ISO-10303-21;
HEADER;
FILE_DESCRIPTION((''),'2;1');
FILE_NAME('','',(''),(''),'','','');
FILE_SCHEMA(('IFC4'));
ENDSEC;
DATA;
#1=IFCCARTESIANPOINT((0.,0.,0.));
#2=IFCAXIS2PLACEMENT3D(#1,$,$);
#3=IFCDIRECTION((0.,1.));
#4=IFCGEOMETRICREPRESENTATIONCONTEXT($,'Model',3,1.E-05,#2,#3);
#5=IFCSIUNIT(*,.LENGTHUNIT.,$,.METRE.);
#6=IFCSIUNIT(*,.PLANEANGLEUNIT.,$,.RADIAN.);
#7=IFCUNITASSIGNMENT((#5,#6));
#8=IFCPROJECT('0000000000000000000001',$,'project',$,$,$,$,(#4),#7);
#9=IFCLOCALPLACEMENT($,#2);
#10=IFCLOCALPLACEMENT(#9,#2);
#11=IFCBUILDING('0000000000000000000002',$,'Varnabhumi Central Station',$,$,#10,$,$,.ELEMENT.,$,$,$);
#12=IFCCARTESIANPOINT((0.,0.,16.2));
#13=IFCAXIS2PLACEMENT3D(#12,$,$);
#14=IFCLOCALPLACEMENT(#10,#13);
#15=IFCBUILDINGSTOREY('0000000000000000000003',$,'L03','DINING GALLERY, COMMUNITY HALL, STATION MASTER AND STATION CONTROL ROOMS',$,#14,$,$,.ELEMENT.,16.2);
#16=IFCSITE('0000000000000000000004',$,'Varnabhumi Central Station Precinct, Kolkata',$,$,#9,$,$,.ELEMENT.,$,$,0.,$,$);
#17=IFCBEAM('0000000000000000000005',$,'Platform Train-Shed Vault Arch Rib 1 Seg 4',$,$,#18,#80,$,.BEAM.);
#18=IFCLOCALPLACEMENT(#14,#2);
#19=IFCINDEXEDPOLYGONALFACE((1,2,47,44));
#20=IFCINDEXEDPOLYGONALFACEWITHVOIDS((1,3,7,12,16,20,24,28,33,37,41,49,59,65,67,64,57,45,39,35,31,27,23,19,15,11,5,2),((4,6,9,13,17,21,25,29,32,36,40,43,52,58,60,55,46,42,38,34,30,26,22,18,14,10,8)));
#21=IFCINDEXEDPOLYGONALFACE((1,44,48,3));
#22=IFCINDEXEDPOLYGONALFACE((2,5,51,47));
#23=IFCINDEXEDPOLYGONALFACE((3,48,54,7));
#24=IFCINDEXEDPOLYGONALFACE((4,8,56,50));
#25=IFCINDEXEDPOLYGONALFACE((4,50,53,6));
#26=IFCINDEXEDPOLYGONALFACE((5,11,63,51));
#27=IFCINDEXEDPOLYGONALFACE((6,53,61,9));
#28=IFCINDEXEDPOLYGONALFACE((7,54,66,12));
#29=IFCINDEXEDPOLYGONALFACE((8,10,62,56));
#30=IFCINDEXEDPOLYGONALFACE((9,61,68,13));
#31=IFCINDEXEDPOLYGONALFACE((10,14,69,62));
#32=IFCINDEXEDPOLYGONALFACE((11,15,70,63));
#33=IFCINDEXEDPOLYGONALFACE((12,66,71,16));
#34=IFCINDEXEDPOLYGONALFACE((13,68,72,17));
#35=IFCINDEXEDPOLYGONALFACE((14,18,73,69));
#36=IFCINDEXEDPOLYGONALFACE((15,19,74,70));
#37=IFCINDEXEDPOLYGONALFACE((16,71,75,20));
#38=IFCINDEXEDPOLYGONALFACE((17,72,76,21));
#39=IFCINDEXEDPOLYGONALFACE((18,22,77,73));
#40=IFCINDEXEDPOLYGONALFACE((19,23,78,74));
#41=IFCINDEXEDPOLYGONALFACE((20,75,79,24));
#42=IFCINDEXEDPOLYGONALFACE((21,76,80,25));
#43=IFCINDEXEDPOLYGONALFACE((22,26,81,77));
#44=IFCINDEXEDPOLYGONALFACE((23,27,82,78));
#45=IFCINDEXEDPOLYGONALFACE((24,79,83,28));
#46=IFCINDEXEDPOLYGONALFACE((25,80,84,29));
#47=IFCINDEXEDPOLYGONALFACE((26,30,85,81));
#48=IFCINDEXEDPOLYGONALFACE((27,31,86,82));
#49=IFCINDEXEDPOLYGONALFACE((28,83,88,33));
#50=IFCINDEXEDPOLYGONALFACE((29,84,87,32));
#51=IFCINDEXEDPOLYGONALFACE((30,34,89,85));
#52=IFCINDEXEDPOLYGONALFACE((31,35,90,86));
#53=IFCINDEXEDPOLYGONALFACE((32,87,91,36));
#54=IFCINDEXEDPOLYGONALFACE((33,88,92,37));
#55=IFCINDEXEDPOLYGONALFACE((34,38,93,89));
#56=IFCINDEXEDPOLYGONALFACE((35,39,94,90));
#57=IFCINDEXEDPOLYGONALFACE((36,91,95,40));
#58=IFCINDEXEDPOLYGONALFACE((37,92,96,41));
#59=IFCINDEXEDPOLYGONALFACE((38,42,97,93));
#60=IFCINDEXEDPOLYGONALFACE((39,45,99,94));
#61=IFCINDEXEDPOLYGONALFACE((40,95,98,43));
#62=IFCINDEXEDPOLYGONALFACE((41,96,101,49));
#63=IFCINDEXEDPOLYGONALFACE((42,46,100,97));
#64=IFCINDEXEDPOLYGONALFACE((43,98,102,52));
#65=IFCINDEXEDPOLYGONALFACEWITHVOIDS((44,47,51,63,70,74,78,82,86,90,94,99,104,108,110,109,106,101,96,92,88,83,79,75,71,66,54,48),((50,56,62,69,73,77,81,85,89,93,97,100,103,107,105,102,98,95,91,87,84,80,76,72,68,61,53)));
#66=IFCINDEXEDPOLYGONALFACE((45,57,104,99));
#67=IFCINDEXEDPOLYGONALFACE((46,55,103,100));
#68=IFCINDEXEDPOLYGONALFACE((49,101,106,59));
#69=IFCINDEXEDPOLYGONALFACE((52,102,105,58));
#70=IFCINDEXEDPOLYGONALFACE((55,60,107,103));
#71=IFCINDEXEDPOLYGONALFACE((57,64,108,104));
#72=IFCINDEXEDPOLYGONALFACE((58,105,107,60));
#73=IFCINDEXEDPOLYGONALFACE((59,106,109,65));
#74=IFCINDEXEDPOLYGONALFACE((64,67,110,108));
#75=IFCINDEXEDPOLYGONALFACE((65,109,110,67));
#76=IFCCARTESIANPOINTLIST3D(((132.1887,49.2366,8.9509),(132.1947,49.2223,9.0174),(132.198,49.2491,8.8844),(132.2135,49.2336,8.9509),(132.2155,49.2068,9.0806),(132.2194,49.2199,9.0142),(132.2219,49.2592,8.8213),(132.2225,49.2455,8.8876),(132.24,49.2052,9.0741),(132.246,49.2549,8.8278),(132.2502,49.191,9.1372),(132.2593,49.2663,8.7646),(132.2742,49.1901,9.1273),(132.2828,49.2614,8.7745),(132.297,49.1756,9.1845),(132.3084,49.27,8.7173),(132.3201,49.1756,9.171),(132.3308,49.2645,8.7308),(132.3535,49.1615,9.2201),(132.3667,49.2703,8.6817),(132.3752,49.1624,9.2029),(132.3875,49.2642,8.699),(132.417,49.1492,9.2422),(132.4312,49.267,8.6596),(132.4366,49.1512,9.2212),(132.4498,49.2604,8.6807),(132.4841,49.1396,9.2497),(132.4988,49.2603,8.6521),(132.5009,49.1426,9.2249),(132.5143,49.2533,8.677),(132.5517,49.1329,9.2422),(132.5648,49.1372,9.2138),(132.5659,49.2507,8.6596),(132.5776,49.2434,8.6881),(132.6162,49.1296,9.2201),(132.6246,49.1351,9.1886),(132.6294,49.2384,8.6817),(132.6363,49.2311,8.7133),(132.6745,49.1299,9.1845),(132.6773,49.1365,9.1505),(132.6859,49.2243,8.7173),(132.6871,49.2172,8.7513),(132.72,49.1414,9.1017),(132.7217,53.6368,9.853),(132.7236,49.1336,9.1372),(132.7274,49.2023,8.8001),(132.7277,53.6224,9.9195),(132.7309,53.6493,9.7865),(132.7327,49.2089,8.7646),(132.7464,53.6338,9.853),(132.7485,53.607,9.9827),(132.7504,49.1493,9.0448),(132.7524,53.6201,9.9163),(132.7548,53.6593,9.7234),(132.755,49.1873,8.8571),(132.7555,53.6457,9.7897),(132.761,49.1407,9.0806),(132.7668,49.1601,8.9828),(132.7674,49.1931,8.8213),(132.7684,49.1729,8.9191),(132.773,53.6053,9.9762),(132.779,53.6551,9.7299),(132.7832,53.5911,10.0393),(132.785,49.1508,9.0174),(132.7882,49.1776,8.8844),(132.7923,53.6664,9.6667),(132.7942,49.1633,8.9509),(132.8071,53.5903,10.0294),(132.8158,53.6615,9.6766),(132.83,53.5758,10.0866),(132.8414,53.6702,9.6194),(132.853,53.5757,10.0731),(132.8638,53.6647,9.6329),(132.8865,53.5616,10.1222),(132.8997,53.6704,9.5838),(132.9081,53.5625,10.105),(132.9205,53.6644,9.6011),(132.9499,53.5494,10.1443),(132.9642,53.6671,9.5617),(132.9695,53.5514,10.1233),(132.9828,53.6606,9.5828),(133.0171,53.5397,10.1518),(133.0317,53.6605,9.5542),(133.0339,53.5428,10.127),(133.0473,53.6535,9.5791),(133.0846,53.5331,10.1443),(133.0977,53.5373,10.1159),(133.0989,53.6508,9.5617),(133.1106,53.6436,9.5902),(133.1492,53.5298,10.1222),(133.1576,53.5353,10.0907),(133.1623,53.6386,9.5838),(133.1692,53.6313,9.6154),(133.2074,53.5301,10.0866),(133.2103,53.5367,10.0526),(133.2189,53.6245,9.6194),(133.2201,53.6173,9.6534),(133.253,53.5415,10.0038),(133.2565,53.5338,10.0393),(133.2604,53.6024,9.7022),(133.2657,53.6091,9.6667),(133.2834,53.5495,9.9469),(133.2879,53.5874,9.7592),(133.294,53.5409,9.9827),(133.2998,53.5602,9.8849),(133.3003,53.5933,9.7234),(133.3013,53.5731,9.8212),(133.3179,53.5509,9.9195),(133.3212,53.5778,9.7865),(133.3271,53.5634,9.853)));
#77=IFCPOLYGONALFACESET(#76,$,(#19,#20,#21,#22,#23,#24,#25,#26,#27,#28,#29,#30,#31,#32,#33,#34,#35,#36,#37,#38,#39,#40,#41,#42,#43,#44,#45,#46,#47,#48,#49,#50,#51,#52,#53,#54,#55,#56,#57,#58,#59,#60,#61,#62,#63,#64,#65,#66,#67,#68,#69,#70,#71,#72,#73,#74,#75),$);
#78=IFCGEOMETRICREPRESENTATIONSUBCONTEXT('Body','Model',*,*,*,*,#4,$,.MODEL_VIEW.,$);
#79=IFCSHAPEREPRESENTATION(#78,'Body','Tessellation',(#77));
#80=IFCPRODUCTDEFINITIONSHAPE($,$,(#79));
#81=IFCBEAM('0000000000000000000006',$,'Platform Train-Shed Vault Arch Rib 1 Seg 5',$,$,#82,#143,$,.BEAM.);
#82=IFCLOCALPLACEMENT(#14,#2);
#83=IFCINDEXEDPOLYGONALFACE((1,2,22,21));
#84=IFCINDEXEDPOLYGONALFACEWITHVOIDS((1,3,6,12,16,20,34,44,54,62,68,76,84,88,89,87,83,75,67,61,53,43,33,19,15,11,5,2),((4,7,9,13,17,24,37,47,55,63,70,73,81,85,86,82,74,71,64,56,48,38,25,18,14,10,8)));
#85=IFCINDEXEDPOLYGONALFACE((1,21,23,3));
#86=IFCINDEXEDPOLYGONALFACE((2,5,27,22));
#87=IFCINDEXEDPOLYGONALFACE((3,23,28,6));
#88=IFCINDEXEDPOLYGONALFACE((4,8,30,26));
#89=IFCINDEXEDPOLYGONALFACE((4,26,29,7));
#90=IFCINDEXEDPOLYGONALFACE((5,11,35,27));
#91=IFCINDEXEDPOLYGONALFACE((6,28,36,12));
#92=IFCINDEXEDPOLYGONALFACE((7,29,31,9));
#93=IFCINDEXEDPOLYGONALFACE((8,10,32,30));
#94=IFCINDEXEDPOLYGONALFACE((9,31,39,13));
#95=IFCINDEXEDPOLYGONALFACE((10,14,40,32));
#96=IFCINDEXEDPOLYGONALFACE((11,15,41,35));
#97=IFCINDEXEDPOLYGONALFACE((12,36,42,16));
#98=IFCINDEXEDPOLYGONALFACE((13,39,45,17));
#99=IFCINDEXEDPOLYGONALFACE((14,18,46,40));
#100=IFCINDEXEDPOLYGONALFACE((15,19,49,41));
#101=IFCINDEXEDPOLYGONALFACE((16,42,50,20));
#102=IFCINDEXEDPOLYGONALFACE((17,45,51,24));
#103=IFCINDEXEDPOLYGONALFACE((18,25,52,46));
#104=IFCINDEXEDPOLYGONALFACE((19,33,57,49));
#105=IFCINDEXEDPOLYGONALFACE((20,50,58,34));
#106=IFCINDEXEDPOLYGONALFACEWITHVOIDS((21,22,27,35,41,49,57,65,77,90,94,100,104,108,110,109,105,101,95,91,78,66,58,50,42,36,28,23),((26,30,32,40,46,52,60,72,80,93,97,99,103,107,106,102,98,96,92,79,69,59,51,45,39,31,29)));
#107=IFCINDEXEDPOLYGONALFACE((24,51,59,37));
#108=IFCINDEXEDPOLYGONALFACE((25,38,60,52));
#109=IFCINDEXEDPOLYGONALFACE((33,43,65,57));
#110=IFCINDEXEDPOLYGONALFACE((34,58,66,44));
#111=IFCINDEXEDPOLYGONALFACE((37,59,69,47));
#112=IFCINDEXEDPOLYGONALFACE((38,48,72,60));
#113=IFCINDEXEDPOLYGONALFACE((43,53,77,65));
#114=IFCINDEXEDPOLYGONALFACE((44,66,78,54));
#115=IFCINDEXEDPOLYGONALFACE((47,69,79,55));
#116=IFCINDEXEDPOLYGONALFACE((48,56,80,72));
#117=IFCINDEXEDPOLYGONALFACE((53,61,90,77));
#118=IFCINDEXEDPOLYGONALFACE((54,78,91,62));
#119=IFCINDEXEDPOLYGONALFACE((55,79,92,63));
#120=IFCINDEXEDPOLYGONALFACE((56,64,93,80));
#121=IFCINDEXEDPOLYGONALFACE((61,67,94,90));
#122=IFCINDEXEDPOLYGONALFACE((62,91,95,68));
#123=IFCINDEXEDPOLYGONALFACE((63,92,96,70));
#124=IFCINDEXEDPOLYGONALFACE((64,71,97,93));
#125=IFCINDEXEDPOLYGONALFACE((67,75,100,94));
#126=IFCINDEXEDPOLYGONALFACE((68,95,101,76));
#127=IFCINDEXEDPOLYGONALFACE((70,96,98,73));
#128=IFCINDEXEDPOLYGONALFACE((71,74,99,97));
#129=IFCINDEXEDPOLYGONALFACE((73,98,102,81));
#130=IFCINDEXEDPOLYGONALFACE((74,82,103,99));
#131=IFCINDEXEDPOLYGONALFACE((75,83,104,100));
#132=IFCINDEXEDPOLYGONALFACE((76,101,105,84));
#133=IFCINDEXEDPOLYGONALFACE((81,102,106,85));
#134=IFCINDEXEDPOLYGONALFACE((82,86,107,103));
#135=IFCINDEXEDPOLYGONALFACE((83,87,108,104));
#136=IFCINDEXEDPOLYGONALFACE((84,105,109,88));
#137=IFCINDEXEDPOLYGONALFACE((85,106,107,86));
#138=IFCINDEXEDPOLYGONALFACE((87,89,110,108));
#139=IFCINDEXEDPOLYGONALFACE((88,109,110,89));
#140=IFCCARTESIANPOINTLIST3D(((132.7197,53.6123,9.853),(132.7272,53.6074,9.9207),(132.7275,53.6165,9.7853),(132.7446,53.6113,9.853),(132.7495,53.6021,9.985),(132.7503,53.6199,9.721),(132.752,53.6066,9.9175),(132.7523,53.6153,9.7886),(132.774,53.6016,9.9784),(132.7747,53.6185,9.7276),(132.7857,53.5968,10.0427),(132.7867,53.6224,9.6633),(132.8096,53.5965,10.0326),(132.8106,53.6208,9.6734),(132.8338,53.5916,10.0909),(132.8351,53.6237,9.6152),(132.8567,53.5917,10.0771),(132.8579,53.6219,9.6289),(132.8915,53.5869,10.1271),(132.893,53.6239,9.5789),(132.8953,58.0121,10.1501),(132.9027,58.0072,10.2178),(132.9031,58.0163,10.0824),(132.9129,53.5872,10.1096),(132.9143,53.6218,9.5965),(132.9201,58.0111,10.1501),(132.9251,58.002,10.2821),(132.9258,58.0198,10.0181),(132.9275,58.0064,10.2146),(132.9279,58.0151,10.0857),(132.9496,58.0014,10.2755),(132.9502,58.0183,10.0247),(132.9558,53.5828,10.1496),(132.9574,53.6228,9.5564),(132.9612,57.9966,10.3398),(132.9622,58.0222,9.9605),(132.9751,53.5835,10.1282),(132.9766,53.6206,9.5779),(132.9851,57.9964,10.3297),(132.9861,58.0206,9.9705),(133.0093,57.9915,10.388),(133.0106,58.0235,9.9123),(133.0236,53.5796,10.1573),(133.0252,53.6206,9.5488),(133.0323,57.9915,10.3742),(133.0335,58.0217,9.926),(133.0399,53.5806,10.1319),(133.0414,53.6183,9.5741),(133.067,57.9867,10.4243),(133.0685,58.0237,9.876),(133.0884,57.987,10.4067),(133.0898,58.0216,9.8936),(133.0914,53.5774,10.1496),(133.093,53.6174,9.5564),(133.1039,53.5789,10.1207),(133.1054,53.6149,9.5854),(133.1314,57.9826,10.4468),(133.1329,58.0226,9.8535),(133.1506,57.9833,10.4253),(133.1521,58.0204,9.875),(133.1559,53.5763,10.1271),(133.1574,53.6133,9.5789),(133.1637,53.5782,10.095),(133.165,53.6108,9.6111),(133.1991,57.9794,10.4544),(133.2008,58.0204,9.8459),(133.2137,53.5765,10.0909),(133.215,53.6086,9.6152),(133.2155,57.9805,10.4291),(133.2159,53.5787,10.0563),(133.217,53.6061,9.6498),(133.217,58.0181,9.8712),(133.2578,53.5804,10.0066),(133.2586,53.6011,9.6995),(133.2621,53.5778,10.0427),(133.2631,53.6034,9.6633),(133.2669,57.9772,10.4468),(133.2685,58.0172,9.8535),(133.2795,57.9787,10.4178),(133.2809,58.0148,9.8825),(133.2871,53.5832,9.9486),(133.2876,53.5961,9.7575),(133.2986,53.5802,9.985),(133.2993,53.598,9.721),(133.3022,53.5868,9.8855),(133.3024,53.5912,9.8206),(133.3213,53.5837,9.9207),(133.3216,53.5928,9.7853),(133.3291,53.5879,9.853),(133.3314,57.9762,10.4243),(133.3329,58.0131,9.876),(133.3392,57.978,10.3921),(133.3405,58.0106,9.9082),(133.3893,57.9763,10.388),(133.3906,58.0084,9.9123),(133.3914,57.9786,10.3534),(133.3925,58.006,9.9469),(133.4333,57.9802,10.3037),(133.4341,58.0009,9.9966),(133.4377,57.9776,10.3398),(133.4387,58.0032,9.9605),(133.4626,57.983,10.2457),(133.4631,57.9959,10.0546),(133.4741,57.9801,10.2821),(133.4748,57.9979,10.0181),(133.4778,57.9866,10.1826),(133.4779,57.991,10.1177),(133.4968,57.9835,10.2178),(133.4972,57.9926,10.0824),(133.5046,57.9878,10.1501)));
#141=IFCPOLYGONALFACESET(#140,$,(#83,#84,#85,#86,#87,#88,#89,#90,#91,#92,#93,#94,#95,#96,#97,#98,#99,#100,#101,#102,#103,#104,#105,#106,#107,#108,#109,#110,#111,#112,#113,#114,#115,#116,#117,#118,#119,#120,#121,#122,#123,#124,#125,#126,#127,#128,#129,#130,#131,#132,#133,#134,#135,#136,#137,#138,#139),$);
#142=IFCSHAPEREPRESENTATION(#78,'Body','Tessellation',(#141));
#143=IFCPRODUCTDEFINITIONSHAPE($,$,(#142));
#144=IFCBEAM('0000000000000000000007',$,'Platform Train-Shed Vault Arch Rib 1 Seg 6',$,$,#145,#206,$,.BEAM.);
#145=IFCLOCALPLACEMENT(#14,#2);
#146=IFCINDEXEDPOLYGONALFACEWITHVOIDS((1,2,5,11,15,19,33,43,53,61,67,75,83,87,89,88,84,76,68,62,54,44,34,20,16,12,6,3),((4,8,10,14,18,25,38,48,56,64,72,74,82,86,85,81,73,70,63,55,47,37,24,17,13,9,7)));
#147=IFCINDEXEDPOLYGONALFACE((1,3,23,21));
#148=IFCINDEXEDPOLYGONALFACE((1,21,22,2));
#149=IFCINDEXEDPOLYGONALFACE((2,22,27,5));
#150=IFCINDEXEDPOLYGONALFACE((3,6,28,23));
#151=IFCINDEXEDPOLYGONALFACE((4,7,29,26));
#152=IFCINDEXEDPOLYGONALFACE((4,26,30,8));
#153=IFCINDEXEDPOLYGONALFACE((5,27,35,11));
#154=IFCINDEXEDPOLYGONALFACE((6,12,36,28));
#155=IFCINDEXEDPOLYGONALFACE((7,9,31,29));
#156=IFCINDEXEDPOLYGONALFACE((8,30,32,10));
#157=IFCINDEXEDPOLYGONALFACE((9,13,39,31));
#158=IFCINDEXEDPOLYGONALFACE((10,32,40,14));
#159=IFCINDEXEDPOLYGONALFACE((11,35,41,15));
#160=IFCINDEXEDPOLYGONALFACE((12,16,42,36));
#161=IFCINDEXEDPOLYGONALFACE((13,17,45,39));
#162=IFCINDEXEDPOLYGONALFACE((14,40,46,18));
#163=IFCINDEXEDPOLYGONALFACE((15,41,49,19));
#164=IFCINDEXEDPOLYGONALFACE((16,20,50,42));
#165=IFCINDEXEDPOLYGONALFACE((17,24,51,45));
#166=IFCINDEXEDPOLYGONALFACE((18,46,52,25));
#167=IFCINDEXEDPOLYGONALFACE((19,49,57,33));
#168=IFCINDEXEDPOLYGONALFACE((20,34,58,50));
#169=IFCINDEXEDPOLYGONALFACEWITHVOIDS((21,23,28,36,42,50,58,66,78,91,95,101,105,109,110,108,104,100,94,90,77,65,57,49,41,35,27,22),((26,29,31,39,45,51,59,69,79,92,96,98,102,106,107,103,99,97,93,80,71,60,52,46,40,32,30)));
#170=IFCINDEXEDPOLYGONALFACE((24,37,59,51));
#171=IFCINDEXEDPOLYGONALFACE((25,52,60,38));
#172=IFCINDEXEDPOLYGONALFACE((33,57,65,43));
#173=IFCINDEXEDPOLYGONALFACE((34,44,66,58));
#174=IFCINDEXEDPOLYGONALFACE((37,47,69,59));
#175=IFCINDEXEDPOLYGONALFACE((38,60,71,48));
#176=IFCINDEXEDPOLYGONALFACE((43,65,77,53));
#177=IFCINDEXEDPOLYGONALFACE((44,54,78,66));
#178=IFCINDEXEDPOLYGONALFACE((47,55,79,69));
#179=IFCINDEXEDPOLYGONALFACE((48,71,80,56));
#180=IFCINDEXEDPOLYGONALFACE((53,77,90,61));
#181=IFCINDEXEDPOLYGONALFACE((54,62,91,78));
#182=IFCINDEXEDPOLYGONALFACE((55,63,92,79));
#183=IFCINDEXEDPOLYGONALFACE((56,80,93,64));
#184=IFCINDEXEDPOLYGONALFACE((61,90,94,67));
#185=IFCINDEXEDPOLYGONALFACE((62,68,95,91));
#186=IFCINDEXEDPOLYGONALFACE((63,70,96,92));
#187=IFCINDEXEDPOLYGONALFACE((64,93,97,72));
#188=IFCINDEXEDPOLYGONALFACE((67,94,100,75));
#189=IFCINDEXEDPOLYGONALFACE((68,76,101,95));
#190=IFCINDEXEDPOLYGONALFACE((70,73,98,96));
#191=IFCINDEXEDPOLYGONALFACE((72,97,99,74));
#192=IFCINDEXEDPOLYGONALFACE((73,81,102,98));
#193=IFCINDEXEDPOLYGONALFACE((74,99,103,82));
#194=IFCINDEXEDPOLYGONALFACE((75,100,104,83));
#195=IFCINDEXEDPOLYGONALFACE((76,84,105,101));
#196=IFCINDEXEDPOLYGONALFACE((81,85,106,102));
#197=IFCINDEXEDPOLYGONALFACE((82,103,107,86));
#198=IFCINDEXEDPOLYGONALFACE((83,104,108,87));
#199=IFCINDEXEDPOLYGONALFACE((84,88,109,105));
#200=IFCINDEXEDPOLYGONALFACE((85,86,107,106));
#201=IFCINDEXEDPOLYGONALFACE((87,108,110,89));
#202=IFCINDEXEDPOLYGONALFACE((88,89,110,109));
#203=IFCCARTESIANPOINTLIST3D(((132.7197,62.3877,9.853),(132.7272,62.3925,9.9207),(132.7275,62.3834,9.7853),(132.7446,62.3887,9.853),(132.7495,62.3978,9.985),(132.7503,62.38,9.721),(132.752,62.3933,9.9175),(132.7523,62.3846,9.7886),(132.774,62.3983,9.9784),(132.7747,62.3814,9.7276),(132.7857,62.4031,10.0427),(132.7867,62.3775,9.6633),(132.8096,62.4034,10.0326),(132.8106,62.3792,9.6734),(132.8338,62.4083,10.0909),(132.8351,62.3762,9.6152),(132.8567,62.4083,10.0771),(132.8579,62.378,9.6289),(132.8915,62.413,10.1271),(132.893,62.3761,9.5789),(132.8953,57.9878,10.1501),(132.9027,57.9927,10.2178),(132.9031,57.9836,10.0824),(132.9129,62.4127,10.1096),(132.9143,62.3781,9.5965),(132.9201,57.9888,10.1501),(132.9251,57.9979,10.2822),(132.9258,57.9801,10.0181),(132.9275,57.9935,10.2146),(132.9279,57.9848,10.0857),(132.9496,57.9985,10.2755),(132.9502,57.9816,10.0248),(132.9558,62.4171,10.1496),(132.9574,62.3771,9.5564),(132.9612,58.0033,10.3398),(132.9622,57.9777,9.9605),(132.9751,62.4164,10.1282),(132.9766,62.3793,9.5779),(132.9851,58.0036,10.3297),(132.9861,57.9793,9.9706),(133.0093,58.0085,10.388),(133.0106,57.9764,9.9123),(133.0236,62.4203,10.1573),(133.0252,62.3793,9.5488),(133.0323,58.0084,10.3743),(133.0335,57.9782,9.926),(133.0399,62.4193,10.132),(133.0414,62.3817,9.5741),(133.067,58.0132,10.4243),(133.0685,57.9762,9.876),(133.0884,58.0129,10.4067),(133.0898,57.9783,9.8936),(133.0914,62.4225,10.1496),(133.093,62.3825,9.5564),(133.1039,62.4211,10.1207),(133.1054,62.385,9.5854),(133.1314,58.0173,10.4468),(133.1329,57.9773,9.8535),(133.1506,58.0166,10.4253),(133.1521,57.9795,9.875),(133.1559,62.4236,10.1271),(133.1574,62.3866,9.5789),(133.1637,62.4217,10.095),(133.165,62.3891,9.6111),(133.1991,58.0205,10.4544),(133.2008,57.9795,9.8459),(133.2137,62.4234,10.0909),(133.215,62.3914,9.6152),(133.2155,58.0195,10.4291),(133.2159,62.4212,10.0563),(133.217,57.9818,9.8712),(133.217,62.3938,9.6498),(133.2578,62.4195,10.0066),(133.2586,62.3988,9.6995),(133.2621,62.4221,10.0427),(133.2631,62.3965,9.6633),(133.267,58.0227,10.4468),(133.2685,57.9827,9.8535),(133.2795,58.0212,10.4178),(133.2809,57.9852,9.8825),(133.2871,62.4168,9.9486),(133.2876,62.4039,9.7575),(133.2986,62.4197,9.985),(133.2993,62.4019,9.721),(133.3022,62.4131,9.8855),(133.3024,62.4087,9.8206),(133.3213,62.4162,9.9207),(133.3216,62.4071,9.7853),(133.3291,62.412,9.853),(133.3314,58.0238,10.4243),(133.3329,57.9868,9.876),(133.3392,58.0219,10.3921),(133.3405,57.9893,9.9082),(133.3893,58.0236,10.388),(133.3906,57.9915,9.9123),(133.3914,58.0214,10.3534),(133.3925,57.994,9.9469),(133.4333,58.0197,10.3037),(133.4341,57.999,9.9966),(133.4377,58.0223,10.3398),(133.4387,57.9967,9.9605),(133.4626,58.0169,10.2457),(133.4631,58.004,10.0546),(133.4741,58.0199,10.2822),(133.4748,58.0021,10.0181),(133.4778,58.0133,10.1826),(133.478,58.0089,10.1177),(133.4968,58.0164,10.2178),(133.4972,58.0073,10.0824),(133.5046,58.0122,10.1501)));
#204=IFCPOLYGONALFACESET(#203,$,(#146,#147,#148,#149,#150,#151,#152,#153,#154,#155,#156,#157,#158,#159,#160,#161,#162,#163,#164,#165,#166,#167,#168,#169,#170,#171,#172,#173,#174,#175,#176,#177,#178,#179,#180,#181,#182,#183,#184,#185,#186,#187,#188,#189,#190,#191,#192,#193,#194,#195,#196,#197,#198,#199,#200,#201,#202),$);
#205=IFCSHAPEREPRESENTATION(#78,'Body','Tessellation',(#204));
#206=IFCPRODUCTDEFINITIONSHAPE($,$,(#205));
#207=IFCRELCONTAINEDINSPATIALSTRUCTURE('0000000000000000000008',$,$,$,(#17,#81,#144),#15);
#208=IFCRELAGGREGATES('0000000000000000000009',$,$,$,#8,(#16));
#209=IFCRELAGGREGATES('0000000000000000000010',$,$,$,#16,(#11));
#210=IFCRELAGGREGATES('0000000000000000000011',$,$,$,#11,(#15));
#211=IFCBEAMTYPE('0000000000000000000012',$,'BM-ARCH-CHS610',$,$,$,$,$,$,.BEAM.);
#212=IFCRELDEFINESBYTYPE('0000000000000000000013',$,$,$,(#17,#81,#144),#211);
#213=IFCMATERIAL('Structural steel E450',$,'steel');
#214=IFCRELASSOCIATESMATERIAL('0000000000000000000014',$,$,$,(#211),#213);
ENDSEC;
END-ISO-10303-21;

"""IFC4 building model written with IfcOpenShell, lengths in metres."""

from ifc_helpers import new_model, si_unit, direction, frame, origin, origin_2d, place, context, subcontext, project, spatial, hollow_circle, extrude, material, material_profile, profile_set, type_object, element, save


model = new_model("IFC4")

# Units and contexts
model_context = context("Model", 3, precision=1e-05, world=origin(), true_north=direction((0.0, 1.0)))
body_context = subcontext(model_context, "Body", "Model", "MODEL_VIEW")
ifc_project = project(units=[si_unit("LENGTHUNIT", "METRE"), si_unit("PLANEANGLEUNIT", "RADIAN")], contexts=[model_context])

# Site, building, storey
site_placement = place(None, origin())
site = spatial("IfcSite", under=ifc_project, at=site_placement, Name="Varnabhumi Central Station Precinct, Kolkata", CompositionType="ELEMENT", RefElevation=0.0)
building_placement = place(site_placement, origin())
building = spatial("IfcBuilding", under=site, at=building_placement, Name="Varnabhumi Central Station", CompositionType="ELEMENT")
storey_placement = place(building_placement, frame((0.0, 0.0, 16.2)))
storey = spatial("IfcBuildingStorey", under=building, at=storey_placement, Name="L03", Description="DINING GALLERY, COMMUNITY HALL, STATION MASTER AND STATION CONTROL ROOMS", CompositionType="ELEMENT", Elevation=16.2)

# Beams
ifc_material_1 = material(Name="Structural steel E450", Category="steel")
ifc_material_profile_1 = material_profile(ifc_material_1, hollow_circle(Radius=0.3049, WallThickness=0.0249, at=origin_2d()), Name="Structural steel E450", Category="steel")
ifc_profile_set_1 = profile_set([ifc_material_profile_1], Name="Structural steel E450")
beam_type_1 = type_object("IfcBeamType", Name="BM-ARCH-CHS610", PredefinedType="BEAM", material=ifc_profile_set_1)
beam_1_placement = place(storey_placement, frame((132.4915, 49.2, 8.9509), z_axis=(0.117828, 0.9728, 0.199439), x_axis=(-0.992744, 0.120244, 0.0)))
element("IfcBeam", 1, at=beam_1_placement, inside=storey, type_object=beam_type_1, Name="Platform Train-Shed Vault Arch Rib 1 Seg 4", PredefinedType="BEAM", context=body_context, shape_type="SweptSolid", body=[
    extrude(hollow_circle(Radius=0.3049, WallThickness=0.0249, at=origin_2d()), origin(), (0.0, 0.0, 1.0), 4.5232),
])
for number, where, z_axis, x_axis, name in (
    (2, (133.0244, 53.6001, 9.853), (0.039774, 0.996938, 0.067322), (-0.999205, 0.039864, 0.0), "Platform Train-Shed Vault Arch Rib 1 Seg 5"),
    (3, (133.2, 58.0, 10.1501), (-0.039774, 0.996938, -0.067322), (-0.999205, -0.039864, 0.0), "Platform Train-Shed Vault Arch Rib 1 Seg 6"),
):
    element("IfcBeam", number, at=place(storey_placement, frame(where, z_axis=z_axis, x_axis=x_axis)), inside=storey, type_object=beam_type_1, Name=name, PredefinedType="BEAM", context=body_context, shape_type="SweptSolid", body=[
        extrude(hollow_circle(Radius=0.3049, WallThickness=0.0249, at=origin_2d()), origin(), (0.0, 0.0, 1.0), 4.4133),
    ])

save(model, "model.ifc")
